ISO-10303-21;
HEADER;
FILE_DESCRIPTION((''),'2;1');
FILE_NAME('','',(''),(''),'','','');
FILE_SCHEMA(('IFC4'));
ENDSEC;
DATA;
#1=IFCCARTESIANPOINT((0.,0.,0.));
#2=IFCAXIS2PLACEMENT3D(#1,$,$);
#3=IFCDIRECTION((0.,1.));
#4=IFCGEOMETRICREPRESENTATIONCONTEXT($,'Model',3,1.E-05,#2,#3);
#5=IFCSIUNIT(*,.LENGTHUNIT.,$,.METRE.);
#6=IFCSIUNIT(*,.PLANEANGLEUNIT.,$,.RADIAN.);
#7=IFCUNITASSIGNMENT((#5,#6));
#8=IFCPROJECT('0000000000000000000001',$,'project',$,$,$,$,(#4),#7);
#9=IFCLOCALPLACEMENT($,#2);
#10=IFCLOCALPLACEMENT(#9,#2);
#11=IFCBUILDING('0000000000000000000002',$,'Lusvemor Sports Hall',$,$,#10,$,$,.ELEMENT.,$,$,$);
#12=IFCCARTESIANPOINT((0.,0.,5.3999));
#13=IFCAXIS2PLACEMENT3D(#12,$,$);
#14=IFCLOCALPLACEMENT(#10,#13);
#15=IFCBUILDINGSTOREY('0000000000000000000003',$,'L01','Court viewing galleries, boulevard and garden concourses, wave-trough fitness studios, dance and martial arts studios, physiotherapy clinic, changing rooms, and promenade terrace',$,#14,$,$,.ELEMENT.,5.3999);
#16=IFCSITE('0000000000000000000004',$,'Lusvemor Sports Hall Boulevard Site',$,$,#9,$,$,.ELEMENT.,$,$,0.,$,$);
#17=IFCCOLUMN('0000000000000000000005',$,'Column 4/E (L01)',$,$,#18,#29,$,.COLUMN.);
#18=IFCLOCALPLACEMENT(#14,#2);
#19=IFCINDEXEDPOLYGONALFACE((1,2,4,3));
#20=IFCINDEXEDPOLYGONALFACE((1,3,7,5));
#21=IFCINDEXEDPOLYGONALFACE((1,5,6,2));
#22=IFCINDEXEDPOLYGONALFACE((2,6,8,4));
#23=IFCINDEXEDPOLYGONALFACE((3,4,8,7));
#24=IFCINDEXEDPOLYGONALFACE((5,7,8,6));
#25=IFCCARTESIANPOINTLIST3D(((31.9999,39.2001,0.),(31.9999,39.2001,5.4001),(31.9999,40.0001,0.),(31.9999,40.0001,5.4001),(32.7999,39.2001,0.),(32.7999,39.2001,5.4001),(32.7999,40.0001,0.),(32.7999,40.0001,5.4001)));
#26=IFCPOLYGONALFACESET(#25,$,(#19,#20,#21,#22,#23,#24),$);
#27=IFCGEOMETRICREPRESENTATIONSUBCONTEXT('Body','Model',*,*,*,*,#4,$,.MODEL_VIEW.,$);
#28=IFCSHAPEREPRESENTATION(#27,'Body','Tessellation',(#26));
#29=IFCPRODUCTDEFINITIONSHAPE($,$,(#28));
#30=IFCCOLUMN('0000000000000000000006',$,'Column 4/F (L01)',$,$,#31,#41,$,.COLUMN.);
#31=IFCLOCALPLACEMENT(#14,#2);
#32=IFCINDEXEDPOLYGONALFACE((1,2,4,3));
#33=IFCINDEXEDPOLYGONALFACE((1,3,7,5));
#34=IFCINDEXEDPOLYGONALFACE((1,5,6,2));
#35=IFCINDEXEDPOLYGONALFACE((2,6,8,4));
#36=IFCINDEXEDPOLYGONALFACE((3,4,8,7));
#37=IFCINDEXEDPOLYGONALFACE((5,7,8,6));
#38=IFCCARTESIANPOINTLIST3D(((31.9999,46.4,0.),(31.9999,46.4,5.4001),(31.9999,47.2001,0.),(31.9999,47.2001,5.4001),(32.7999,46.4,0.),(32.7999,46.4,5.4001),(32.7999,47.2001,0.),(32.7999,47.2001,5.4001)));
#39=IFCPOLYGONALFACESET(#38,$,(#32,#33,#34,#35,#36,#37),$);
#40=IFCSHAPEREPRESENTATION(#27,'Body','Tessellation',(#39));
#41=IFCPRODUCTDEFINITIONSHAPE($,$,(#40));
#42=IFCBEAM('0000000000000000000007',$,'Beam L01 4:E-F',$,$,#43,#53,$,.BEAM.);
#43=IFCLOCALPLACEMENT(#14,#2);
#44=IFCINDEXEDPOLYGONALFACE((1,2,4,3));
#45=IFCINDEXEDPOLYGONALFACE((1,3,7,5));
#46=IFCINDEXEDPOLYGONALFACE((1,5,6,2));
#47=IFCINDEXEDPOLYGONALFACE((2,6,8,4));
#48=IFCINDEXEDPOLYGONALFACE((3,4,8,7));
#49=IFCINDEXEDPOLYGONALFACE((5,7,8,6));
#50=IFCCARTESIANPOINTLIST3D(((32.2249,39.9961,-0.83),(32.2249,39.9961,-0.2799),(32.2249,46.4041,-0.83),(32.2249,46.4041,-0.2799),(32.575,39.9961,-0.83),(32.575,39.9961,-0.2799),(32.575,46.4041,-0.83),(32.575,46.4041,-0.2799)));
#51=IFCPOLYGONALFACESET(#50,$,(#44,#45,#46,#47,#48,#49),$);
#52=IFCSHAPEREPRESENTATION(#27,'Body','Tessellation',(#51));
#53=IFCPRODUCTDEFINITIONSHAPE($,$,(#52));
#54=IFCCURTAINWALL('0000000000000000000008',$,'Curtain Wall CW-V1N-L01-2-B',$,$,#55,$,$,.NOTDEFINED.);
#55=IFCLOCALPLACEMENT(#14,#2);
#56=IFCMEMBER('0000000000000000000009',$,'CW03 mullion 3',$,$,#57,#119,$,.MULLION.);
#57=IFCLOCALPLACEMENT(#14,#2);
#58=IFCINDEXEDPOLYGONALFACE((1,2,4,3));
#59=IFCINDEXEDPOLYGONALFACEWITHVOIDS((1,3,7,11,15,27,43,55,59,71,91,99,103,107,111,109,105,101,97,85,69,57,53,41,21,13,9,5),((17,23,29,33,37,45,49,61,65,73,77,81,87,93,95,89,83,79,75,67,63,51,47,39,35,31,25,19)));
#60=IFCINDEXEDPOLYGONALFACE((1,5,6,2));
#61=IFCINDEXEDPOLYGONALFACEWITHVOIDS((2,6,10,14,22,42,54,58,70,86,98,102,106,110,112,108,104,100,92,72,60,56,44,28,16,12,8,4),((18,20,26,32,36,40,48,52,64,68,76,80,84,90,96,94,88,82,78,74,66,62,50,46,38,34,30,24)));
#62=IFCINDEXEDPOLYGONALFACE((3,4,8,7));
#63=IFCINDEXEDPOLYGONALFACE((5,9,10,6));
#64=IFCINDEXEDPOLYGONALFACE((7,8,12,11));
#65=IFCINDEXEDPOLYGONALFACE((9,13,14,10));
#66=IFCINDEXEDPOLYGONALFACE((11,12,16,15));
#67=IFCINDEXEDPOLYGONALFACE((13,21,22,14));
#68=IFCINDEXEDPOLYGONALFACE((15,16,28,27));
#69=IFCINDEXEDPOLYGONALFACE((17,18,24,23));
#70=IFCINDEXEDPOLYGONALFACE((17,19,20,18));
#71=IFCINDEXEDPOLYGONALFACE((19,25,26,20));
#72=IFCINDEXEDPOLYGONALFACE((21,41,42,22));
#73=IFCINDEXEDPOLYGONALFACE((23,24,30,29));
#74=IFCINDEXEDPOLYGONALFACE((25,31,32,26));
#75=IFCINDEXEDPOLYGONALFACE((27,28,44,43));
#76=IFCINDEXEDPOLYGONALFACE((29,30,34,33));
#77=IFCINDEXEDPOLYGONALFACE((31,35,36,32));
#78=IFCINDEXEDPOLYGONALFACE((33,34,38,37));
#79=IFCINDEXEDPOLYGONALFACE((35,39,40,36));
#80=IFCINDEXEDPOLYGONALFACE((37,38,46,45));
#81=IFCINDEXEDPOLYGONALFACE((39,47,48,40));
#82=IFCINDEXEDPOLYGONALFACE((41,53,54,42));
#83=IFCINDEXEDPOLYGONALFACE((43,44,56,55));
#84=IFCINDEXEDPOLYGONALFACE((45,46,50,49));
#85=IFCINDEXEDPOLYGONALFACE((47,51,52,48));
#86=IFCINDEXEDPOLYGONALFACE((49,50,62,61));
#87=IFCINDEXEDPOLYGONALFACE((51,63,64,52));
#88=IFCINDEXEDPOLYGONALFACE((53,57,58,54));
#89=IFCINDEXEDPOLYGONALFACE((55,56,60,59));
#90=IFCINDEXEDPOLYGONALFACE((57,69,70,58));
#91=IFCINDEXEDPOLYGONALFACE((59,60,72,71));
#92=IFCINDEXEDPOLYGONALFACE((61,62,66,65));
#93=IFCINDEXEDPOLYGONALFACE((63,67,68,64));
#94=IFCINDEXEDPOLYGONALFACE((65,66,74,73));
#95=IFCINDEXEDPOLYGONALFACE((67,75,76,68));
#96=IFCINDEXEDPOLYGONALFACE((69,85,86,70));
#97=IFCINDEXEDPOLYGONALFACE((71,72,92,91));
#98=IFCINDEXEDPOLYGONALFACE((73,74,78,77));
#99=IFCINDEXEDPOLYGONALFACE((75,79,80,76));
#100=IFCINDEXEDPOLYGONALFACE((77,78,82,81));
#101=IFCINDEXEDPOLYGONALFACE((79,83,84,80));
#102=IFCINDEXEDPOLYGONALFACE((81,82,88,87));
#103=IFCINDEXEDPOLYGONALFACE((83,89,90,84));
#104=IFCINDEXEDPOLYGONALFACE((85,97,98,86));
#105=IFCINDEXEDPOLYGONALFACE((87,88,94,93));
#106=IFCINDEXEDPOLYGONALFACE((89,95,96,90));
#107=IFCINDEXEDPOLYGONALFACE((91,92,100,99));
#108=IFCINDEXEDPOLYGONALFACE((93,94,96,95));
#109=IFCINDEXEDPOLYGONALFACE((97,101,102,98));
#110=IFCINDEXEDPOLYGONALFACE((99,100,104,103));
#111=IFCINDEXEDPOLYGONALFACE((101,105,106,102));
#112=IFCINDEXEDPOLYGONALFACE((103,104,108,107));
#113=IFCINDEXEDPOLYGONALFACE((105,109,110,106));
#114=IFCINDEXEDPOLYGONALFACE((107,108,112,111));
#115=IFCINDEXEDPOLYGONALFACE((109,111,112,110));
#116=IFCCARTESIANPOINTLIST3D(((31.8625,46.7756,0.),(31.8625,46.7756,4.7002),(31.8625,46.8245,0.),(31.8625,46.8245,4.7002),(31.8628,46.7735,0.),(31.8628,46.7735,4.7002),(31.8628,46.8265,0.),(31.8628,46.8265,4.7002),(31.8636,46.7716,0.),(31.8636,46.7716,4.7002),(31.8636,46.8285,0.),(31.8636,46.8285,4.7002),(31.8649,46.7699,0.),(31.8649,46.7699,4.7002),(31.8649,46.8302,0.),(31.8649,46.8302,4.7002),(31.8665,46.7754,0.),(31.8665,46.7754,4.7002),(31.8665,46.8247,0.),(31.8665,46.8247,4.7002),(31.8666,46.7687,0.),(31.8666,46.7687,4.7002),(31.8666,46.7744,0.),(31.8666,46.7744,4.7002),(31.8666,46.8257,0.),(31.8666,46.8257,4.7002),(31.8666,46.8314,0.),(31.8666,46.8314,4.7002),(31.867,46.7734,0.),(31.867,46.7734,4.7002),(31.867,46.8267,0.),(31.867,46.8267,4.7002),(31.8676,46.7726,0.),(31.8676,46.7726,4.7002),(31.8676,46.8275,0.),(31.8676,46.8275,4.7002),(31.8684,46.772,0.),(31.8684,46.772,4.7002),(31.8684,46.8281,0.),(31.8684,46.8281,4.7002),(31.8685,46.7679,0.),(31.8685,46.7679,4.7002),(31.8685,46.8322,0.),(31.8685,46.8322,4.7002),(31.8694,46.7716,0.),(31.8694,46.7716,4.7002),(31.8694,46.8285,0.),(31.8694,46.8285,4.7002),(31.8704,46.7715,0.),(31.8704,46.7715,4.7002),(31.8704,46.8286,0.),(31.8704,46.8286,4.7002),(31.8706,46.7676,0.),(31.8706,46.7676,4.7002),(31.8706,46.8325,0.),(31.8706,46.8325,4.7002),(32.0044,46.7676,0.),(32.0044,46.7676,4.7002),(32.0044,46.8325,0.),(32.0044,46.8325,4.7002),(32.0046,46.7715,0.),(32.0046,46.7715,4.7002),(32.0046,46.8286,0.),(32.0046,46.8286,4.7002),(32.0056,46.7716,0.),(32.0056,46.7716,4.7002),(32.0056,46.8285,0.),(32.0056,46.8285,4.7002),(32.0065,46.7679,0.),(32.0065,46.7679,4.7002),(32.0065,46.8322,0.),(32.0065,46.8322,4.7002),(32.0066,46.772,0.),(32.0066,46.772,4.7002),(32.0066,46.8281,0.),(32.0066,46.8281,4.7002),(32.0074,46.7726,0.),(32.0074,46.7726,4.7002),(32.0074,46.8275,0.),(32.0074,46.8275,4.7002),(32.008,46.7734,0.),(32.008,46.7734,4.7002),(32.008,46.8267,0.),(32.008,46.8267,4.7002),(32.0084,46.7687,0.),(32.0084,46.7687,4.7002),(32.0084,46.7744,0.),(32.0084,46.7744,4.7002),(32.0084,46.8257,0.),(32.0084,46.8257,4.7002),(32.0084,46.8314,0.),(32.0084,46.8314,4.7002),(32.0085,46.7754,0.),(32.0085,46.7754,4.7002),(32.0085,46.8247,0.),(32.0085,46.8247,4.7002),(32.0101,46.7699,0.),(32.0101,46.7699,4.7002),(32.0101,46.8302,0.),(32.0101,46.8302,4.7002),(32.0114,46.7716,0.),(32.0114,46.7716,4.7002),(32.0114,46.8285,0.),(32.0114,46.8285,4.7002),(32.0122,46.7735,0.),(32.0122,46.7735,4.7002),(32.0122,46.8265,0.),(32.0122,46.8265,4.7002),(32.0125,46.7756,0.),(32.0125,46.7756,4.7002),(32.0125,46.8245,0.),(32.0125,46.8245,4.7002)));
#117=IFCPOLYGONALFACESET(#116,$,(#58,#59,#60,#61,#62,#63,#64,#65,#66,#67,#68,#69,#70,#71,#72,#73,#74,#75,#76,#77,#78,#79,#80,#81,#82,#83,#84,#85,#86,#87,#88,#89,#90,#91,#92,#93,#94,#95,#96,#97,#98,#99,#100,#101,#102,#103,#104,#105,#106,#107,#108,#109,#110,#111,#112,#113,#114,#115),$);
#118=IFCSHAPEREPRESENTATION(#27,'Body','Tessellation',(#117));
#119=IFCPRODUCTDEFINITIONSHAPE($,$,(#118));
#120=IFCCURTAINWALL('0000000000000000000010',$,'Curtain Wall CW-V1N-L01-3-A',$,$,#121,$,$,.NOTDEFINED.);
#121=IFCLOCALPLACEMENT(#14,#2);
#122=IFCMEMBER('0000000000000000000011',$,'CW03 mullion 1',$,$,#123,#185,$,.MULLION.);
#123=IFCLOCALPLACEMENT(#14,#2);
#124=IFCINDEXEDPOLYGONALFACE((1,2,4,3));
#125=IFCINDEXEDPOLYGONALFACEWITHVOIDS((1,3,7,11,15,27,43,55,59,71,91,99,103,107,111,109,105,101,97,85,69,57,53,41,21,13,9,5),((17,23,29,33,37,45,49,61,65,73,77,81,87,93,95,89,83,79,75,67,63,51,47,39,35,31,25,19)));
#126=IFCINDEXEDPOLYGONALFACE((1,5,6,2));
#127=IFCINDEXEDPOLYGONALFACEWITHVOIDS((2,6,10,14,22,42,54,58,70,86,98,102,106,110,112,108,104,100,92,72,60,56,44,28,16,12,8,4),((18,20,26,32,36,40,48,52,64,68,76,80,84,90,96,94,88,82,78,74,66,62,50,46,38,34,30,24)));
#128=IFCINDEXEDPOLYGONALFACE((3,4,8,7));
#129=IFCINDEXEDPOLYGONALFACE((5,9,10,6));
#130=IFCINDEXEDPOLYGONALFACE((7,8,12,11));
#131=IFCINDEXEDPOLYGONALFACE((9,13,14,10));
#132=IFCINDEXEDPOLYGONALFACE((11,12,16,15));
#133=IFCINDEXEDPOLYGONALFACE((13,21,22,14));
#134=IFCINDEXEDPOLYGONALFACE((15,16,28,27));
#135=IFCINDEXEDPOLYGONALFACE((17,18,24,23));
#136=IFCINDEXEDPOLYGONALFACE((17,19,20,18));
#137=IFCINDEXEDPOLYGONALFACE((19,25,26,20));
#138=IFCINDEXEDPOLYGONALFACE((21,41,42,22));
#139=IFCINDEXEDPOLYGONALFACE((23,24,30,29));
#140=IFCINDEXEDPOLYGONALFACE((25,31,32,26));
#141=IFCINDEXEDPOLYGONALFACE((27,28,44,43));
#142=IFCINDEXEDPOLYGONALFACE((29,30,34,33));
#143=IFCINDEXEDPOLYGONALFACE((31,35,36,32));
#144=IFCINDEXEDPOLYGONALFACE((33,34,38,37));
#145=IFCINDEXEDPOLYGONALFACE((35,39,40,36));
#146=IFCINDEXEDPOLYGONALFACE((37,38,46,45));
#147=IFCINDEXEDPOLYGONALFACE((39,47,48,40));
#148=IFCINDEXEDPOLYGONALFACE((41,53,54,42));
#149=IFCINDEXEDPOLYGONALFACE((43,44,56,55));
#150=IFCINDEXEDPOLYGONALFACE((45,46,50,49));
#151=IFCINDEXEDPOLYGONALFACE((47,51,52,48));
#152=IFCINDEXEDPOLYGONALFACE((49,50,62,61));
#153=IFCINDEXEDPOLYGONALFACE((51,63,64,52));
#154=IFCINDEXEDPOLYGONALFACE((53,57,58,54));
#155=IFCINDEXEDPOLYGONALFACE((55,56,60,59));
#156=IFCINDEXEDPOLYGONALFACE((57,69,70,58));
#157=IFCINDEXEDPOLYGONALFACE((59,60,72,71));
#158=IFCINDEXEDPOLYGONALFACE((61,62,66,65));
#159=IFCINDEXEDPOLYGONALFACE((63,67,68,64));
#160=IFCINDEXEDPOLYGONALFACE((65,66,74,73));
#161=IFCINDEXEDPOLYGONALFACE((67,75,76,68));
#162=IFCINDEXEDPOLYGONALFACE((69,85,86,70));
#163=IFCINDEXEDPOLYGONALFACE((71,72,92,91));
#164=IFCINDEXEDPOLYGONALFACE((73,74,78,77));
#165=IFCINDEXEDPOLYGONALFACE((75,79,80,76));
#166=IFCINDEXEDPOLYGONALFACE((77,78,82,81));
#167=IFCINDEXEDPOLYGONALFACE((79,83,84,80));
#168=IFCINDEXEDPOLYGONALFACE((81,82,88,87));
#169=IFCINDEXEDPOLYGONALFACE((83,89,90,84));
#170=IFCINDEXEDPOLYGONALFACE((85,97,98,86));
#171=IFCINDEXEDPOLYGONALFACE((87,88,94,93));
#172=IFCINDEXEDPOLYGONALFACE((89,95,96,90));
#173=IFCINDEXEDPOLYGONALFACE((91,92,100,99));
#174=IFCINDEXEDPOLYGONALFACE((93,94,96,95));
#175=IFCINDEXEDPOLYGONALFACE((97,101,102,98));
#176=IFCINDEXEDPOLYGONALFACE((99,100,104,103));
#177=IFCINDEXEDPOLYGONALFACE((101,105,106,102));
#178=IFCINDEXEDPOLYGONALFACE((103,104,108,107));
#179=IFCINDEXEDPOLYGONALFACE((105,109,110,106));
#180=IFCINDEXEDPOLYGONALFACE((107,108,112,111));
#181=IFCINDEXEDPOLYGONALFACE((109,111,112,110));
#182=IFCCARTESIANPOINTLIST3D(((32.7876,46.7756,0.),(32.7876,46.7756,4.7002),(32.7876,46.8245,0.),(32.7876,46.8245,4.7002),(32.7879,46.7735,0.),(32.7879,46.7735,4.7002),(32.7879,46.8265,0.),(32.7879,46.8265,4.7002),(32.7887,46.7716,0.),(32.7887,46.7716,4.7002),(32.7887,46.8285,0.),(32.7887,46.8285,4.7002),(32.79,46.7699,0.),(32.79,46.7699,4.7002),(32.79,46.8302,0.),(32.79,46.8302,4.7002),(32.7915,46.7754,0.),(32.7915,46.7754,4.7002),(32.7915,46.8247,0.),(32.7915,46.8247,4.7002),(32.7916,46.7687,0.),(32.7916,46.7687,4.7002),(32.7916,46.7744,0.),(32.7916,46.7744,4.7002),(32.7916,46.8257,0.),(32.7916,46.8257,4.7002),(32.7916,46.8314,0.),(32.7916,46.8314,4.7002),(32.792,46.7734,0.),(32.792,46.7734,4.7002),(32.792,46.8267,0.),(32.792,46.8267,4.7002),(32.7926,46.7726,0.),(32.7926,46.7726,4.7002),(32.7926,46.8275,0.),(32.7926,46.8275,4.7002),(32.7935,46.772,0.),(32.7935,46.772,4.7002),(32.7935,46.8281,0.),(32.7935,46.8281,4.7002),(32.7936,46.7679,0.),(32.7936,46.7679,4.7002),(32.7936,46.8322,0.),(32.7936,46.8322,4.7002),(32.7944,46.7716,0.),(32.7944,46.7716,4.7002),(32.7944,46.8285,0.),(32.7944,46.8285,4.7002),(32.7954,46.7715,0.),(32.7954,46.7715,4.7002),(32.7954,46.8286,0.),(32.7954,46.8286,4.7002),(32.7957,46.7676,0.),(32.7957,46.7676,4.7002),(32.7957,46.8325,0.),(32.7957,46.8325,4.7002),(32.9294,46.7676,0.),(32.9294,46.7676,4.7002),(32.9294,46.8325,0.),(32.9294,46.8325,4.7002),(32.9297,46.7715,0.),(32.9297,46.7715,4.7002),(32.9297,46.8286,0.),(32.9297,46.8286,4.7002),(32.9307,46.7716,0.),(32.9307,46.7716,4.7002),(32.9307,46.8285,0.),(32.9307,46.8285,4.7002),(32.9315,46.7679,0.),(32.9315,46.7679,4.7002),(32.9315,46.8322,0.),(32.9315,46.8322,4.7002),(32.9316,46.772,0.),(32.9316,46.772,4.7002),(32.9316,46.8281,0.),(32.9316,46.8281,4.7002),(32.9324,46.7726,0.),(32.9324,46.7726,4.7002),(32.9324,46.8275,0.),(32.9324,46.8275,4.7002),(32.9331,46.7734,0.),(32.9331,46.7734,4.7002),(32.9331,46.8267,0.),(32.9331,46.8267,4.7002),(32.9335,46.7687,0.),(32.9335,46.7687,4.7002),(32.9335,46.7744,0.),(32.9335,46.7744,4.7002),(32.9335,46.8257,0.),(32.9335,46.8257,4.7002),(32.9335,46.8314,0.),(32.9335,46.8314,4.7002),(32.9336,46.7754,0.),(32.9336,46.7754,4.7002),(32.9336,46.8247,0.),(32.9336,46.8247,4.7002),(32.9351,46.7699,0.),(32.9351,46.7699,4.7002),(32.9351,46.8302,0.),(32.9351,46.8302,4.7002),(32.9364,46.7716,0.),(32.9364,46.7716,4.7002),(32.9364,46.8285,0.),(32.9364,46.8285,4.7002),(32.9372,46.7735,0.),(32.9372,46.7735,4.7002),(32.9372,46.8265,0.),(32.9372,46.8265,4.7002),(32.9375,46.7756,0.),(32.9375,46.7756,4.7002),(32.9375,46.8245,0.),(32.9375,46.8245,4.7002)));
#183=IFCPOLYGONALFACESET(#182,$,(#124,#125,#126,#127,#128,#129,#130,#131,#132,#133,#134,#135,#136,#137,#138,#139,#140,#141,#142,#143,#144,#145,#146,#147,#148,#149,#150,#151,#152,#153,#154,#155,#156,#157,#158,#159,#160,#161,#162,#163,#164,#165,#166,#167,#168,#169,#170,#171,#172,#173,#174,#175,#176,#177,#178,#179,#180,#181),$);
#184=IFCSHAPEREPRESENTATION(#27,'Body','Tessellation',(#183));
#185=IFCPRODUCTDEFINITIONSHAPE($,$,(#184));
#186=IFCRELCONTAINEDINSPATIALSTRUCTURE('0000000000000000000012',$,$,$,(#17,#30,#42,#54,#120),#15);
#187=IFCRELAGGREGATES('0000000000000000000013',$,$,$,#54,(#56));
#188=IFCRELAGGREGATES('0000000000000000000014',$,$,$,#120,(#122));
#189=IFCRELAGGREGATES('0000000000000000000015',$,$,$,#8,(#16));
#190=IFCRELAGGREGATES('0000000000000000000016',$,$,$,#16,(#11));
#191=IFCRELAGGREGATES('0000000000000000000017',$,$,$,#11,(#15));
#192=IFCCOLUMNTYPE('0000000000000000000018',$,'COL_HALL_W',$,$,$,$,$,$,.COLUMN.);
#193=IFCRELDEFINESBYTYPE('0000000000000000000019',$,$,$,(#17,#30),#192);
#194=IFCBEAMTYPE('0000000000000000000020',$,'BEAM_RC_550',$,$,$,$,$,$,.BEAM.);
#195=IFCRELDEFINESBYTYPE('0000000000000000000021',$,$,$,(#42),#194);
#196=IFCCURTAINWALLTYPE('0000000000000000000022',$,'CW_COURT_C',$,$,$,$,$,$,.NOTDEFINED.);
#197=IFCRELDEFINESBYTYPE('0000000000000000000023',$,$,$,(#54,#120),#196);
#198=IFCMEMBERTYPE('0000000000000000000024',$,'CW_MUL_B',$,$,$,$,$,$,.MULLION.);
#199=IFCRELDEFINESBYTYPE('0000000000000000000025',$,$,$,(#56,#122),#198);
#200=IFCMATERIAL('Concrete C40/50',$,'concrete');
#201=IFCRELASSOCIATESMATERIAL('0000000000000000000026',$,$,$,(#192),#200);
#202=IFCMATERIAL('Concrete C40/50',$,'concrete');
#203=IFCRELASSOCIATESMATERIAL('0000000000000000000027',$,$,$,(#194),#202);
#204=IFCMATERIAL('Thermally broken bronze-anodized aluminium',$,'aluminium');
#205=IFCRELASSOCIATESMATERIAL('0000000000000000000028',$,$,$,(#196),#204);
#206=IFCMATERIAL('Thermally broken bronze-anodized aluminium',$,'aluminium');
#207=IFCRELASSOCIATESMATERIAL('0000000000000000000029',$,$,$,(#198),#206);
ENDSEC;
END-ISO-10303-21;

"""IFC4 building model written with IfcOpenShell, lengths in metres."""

from ifc_helpers import new_model, si_unit, direction, frame, origin, origin_2d, place, context, subcontext, project, spatial, rectangle, hollow_rectangle, extrude, material, material_profile, profile_set, type_object, element, aggregate, save


model = new_model("IFC4")

# Units and contexts
model_context = context("Model", 3, precision=1e-05, world=origin(), true_north=direction((0.0, 1.0)))
body_context = subcontext(model_context, "Body", "Model", "MODEL_VIEW")
ifc_project = project(units=[si_unit("LENGTHUNIT", "METRE"), si_unit("PLANEANGLEUNIT", "RADIAN")], contexts=[model_context])

# Site, building, storey
site_placement = place(None, origin())
site = spatial("IfcSite", under=ifc_project, at=site_placement, Name="Lusvemor Sports Hall Boulevard Site", CompositionType="ELEMENT", RefElevation=0.0)
building_placement = place(site_placement, origin())
building = spatial("IfcBuilding", under=site, at=building_placement, Name="Lusvemor Sports Hall", CompositionType="ELEMENT")
storey_placement = place(building_placement, frame((0.0, 0.0, 5.3999)))
storey = spatial("IfcBuildingStorey", under=building, at=storey_placement, Name="L01", Description="Court viewing galleries, boulevard and garden concourses, wave-trough fitness studios, dance and martial arts studios, physiotherapy clinic, changing rooms, and promenade terrace", CompositionType="ELEMENT", Elevation=5.3999)

# Columns
ifc_material_1 = material(Name="Concrete C40/50", Category="concrete")
ifc_material_profile_1 = material_profile(ifc_material_1, rectangle(XDim=0.8, YDim=0.8, at=origin_2d()), Name="RC800x800")
ifc_profile_set_1 = profile_set([ifc_material_profile_1], Name="Concrete C40/50")
column_type = type_object("IfcColumnType", Name="COL_HALL_W", PredefinedType="COLUMN", material=ifc_profile_set_1)
for number, where, z_axis, x_axis, name in (
    (1, (32.3999, 39.6001, 0.0), (0.0, 0.0, 1.0), (1.0, 0.0, 0.0), "Column 4/E (L01)"),
    (2, (32.3999, 46.8, 0.0), (0.0, 0.0, 1.0), (1.0, 0.0, 0.0), "Column 4/F (L01)"),
):
    element("IfcColumn", number, at=place(storey_placement, frame(where, z_axis=z_axis, x_axis=x_axis)), inside=storey, type_object=column_type, Name=name, PredefinedType="COLUMN", context=body_context, shape_type="SweptSolid", body=[
        extrude(rectangle(XDim=0.8, YDim=0.8, at=origin_2d()), origin(), (0.0, 0.0, 1.0), 5.4001),
    ])

# Beam
ifc_material_2 = material(Name="Concrete C40/50", Category="concrete")
ifc_material_profile_2 = material_profile(ifc_material_2, rectangle(XDim=0.3501, YDim=0.55, at=origin_2d()), Name="RC350x550")
ifc_profile_set_2 = profile_set([ifc_material_profile_2], Name="Concrete C40/50")
beam_type_1 = type_object("IfcBeamType", Name="BEAM_RC_550", PredefinedType="BEAM", material=ifc_profile_set_2)
beam_1_placement = place(storey_placement, frame((32.3999, 39.9961, -0.5549), z_axis=(0.0, 1.0, 0.0), x_axis=(-1.0, 0.0, 0.0)))
element("IfcBeam", 3, at=beam_1_placement, inside=storey, type_object=beam_type_1, Name="Beam L01 4:E-F", PredefinedType="BEAM", context=body_context, shape_type="SweptSolid", body=[
    extrude(rectangle(XDim=0.3501, YDim=0.55, at=origin_2d()), origin(), (0.0, 0.0, 1.0), 6.408),
])

# Curtain wall, member
ifc_material_3 = material(Name="Thermally broken bronze-anodized aluminium", Category="aluminium")
curtain_wall_type = type_object("IfcCurtainWallType", Name="CW_COURT_C", PredefinedType="NOTDEFINED", material=ifc_material_3)
curtain_wall_1_placement = place(storey_placement, origin())
curtain_wall_1 = element("IfcCurtainWall", 4, at=curtain_wall_1_placement, inside=storey, type_object=curtain_wall_type, Name="Curtain Wall CW-V1N-L01-2-B", PredefinedType="NOTDEFINED")
ifc_material_4 = material(Name="Thermally broken bronze-anodized aluminium", Category="aluminium")
ifc_material_profile_3 = material_profile(ifc_material_4, hollow_rectangle(XDim=0.0649, YDim=0.1499, WallThickness=0.0039, InnerFilletRadius=0.0039, OuterFilletRadius=0.0081, at=origin_2d()), Name="CWMUL150x65x4")
ifc_profile_set_3 = profile_set([ifc_material_profile_3], Name="Thermally broken bronze-anodized aluminium")
member_type_1 = type_object("IfcMemberType", Name="CW_MUL_B", PredefinedType="MULLION", material=ifc_profile_set_3)
member_1_placement = place(storey_placement, frame((31.9375, 46.8, 0.0), z_axis=(0.0, 0.0, 1.0), x_axis=(0.0, 1.0, 0.0)))
member_1 = element("IfcMember", 5, at=member_1_placement, type_object=member_type_1, Name="CW03 mullion 3", PredefinedType="MULLION", context=body_context, shape_type="SweptSolid", body=[
    extrude(hollow_rectangle(XDim=0.0649, YDim=0.1499, WallThickness=0.0039, InnerFilletRadius=0.0039, OuterFilletRadius=0.0081, at=origin_2d()), origin(), (0.0, 0.0, 1.0), 4.7002),
])

# Curtain wall, member
curtain_wall_2_placement = place(storey_placement, origin())
curtain_wall_2 = element("IfcCurtainWall", 6, at=curtain_wall_2_placement, inside=storey, type_object=curtain_wall_type, Name="Curtain Wall CW-V1N-L01-3-A", PredefinedType="NOTDEFINED")
member_2_placement = place(storey_placement, frame((32.8625, 46.8, 0.0), z_axis=(0.0, 0.0, 1.0), x_axis=(0.0, 1.0, 0.0)))
member_2 = element("IfcMember", 7, at=member_2_placement, type_object=member_type_1, Name="CW03 mullion 1", PredefinedType="MULLION", context=body_context, shape_type="SweptSolid", body=[
    extrude(hollow_rectangle(XDim=0.0649, YDim=0.1499, WallThickness=0.0039, InnerFilletRadius=0.0039, OuterFilletRadius=0.0081, at=origin_2d()), origin(), (0.0, 0.0, 1.0), 4.7002),
])

aggregate(curtain_wall_1, [member_1])
aggregate(curtain_wall_2, [member_2])

save(model, "model.ifc")
